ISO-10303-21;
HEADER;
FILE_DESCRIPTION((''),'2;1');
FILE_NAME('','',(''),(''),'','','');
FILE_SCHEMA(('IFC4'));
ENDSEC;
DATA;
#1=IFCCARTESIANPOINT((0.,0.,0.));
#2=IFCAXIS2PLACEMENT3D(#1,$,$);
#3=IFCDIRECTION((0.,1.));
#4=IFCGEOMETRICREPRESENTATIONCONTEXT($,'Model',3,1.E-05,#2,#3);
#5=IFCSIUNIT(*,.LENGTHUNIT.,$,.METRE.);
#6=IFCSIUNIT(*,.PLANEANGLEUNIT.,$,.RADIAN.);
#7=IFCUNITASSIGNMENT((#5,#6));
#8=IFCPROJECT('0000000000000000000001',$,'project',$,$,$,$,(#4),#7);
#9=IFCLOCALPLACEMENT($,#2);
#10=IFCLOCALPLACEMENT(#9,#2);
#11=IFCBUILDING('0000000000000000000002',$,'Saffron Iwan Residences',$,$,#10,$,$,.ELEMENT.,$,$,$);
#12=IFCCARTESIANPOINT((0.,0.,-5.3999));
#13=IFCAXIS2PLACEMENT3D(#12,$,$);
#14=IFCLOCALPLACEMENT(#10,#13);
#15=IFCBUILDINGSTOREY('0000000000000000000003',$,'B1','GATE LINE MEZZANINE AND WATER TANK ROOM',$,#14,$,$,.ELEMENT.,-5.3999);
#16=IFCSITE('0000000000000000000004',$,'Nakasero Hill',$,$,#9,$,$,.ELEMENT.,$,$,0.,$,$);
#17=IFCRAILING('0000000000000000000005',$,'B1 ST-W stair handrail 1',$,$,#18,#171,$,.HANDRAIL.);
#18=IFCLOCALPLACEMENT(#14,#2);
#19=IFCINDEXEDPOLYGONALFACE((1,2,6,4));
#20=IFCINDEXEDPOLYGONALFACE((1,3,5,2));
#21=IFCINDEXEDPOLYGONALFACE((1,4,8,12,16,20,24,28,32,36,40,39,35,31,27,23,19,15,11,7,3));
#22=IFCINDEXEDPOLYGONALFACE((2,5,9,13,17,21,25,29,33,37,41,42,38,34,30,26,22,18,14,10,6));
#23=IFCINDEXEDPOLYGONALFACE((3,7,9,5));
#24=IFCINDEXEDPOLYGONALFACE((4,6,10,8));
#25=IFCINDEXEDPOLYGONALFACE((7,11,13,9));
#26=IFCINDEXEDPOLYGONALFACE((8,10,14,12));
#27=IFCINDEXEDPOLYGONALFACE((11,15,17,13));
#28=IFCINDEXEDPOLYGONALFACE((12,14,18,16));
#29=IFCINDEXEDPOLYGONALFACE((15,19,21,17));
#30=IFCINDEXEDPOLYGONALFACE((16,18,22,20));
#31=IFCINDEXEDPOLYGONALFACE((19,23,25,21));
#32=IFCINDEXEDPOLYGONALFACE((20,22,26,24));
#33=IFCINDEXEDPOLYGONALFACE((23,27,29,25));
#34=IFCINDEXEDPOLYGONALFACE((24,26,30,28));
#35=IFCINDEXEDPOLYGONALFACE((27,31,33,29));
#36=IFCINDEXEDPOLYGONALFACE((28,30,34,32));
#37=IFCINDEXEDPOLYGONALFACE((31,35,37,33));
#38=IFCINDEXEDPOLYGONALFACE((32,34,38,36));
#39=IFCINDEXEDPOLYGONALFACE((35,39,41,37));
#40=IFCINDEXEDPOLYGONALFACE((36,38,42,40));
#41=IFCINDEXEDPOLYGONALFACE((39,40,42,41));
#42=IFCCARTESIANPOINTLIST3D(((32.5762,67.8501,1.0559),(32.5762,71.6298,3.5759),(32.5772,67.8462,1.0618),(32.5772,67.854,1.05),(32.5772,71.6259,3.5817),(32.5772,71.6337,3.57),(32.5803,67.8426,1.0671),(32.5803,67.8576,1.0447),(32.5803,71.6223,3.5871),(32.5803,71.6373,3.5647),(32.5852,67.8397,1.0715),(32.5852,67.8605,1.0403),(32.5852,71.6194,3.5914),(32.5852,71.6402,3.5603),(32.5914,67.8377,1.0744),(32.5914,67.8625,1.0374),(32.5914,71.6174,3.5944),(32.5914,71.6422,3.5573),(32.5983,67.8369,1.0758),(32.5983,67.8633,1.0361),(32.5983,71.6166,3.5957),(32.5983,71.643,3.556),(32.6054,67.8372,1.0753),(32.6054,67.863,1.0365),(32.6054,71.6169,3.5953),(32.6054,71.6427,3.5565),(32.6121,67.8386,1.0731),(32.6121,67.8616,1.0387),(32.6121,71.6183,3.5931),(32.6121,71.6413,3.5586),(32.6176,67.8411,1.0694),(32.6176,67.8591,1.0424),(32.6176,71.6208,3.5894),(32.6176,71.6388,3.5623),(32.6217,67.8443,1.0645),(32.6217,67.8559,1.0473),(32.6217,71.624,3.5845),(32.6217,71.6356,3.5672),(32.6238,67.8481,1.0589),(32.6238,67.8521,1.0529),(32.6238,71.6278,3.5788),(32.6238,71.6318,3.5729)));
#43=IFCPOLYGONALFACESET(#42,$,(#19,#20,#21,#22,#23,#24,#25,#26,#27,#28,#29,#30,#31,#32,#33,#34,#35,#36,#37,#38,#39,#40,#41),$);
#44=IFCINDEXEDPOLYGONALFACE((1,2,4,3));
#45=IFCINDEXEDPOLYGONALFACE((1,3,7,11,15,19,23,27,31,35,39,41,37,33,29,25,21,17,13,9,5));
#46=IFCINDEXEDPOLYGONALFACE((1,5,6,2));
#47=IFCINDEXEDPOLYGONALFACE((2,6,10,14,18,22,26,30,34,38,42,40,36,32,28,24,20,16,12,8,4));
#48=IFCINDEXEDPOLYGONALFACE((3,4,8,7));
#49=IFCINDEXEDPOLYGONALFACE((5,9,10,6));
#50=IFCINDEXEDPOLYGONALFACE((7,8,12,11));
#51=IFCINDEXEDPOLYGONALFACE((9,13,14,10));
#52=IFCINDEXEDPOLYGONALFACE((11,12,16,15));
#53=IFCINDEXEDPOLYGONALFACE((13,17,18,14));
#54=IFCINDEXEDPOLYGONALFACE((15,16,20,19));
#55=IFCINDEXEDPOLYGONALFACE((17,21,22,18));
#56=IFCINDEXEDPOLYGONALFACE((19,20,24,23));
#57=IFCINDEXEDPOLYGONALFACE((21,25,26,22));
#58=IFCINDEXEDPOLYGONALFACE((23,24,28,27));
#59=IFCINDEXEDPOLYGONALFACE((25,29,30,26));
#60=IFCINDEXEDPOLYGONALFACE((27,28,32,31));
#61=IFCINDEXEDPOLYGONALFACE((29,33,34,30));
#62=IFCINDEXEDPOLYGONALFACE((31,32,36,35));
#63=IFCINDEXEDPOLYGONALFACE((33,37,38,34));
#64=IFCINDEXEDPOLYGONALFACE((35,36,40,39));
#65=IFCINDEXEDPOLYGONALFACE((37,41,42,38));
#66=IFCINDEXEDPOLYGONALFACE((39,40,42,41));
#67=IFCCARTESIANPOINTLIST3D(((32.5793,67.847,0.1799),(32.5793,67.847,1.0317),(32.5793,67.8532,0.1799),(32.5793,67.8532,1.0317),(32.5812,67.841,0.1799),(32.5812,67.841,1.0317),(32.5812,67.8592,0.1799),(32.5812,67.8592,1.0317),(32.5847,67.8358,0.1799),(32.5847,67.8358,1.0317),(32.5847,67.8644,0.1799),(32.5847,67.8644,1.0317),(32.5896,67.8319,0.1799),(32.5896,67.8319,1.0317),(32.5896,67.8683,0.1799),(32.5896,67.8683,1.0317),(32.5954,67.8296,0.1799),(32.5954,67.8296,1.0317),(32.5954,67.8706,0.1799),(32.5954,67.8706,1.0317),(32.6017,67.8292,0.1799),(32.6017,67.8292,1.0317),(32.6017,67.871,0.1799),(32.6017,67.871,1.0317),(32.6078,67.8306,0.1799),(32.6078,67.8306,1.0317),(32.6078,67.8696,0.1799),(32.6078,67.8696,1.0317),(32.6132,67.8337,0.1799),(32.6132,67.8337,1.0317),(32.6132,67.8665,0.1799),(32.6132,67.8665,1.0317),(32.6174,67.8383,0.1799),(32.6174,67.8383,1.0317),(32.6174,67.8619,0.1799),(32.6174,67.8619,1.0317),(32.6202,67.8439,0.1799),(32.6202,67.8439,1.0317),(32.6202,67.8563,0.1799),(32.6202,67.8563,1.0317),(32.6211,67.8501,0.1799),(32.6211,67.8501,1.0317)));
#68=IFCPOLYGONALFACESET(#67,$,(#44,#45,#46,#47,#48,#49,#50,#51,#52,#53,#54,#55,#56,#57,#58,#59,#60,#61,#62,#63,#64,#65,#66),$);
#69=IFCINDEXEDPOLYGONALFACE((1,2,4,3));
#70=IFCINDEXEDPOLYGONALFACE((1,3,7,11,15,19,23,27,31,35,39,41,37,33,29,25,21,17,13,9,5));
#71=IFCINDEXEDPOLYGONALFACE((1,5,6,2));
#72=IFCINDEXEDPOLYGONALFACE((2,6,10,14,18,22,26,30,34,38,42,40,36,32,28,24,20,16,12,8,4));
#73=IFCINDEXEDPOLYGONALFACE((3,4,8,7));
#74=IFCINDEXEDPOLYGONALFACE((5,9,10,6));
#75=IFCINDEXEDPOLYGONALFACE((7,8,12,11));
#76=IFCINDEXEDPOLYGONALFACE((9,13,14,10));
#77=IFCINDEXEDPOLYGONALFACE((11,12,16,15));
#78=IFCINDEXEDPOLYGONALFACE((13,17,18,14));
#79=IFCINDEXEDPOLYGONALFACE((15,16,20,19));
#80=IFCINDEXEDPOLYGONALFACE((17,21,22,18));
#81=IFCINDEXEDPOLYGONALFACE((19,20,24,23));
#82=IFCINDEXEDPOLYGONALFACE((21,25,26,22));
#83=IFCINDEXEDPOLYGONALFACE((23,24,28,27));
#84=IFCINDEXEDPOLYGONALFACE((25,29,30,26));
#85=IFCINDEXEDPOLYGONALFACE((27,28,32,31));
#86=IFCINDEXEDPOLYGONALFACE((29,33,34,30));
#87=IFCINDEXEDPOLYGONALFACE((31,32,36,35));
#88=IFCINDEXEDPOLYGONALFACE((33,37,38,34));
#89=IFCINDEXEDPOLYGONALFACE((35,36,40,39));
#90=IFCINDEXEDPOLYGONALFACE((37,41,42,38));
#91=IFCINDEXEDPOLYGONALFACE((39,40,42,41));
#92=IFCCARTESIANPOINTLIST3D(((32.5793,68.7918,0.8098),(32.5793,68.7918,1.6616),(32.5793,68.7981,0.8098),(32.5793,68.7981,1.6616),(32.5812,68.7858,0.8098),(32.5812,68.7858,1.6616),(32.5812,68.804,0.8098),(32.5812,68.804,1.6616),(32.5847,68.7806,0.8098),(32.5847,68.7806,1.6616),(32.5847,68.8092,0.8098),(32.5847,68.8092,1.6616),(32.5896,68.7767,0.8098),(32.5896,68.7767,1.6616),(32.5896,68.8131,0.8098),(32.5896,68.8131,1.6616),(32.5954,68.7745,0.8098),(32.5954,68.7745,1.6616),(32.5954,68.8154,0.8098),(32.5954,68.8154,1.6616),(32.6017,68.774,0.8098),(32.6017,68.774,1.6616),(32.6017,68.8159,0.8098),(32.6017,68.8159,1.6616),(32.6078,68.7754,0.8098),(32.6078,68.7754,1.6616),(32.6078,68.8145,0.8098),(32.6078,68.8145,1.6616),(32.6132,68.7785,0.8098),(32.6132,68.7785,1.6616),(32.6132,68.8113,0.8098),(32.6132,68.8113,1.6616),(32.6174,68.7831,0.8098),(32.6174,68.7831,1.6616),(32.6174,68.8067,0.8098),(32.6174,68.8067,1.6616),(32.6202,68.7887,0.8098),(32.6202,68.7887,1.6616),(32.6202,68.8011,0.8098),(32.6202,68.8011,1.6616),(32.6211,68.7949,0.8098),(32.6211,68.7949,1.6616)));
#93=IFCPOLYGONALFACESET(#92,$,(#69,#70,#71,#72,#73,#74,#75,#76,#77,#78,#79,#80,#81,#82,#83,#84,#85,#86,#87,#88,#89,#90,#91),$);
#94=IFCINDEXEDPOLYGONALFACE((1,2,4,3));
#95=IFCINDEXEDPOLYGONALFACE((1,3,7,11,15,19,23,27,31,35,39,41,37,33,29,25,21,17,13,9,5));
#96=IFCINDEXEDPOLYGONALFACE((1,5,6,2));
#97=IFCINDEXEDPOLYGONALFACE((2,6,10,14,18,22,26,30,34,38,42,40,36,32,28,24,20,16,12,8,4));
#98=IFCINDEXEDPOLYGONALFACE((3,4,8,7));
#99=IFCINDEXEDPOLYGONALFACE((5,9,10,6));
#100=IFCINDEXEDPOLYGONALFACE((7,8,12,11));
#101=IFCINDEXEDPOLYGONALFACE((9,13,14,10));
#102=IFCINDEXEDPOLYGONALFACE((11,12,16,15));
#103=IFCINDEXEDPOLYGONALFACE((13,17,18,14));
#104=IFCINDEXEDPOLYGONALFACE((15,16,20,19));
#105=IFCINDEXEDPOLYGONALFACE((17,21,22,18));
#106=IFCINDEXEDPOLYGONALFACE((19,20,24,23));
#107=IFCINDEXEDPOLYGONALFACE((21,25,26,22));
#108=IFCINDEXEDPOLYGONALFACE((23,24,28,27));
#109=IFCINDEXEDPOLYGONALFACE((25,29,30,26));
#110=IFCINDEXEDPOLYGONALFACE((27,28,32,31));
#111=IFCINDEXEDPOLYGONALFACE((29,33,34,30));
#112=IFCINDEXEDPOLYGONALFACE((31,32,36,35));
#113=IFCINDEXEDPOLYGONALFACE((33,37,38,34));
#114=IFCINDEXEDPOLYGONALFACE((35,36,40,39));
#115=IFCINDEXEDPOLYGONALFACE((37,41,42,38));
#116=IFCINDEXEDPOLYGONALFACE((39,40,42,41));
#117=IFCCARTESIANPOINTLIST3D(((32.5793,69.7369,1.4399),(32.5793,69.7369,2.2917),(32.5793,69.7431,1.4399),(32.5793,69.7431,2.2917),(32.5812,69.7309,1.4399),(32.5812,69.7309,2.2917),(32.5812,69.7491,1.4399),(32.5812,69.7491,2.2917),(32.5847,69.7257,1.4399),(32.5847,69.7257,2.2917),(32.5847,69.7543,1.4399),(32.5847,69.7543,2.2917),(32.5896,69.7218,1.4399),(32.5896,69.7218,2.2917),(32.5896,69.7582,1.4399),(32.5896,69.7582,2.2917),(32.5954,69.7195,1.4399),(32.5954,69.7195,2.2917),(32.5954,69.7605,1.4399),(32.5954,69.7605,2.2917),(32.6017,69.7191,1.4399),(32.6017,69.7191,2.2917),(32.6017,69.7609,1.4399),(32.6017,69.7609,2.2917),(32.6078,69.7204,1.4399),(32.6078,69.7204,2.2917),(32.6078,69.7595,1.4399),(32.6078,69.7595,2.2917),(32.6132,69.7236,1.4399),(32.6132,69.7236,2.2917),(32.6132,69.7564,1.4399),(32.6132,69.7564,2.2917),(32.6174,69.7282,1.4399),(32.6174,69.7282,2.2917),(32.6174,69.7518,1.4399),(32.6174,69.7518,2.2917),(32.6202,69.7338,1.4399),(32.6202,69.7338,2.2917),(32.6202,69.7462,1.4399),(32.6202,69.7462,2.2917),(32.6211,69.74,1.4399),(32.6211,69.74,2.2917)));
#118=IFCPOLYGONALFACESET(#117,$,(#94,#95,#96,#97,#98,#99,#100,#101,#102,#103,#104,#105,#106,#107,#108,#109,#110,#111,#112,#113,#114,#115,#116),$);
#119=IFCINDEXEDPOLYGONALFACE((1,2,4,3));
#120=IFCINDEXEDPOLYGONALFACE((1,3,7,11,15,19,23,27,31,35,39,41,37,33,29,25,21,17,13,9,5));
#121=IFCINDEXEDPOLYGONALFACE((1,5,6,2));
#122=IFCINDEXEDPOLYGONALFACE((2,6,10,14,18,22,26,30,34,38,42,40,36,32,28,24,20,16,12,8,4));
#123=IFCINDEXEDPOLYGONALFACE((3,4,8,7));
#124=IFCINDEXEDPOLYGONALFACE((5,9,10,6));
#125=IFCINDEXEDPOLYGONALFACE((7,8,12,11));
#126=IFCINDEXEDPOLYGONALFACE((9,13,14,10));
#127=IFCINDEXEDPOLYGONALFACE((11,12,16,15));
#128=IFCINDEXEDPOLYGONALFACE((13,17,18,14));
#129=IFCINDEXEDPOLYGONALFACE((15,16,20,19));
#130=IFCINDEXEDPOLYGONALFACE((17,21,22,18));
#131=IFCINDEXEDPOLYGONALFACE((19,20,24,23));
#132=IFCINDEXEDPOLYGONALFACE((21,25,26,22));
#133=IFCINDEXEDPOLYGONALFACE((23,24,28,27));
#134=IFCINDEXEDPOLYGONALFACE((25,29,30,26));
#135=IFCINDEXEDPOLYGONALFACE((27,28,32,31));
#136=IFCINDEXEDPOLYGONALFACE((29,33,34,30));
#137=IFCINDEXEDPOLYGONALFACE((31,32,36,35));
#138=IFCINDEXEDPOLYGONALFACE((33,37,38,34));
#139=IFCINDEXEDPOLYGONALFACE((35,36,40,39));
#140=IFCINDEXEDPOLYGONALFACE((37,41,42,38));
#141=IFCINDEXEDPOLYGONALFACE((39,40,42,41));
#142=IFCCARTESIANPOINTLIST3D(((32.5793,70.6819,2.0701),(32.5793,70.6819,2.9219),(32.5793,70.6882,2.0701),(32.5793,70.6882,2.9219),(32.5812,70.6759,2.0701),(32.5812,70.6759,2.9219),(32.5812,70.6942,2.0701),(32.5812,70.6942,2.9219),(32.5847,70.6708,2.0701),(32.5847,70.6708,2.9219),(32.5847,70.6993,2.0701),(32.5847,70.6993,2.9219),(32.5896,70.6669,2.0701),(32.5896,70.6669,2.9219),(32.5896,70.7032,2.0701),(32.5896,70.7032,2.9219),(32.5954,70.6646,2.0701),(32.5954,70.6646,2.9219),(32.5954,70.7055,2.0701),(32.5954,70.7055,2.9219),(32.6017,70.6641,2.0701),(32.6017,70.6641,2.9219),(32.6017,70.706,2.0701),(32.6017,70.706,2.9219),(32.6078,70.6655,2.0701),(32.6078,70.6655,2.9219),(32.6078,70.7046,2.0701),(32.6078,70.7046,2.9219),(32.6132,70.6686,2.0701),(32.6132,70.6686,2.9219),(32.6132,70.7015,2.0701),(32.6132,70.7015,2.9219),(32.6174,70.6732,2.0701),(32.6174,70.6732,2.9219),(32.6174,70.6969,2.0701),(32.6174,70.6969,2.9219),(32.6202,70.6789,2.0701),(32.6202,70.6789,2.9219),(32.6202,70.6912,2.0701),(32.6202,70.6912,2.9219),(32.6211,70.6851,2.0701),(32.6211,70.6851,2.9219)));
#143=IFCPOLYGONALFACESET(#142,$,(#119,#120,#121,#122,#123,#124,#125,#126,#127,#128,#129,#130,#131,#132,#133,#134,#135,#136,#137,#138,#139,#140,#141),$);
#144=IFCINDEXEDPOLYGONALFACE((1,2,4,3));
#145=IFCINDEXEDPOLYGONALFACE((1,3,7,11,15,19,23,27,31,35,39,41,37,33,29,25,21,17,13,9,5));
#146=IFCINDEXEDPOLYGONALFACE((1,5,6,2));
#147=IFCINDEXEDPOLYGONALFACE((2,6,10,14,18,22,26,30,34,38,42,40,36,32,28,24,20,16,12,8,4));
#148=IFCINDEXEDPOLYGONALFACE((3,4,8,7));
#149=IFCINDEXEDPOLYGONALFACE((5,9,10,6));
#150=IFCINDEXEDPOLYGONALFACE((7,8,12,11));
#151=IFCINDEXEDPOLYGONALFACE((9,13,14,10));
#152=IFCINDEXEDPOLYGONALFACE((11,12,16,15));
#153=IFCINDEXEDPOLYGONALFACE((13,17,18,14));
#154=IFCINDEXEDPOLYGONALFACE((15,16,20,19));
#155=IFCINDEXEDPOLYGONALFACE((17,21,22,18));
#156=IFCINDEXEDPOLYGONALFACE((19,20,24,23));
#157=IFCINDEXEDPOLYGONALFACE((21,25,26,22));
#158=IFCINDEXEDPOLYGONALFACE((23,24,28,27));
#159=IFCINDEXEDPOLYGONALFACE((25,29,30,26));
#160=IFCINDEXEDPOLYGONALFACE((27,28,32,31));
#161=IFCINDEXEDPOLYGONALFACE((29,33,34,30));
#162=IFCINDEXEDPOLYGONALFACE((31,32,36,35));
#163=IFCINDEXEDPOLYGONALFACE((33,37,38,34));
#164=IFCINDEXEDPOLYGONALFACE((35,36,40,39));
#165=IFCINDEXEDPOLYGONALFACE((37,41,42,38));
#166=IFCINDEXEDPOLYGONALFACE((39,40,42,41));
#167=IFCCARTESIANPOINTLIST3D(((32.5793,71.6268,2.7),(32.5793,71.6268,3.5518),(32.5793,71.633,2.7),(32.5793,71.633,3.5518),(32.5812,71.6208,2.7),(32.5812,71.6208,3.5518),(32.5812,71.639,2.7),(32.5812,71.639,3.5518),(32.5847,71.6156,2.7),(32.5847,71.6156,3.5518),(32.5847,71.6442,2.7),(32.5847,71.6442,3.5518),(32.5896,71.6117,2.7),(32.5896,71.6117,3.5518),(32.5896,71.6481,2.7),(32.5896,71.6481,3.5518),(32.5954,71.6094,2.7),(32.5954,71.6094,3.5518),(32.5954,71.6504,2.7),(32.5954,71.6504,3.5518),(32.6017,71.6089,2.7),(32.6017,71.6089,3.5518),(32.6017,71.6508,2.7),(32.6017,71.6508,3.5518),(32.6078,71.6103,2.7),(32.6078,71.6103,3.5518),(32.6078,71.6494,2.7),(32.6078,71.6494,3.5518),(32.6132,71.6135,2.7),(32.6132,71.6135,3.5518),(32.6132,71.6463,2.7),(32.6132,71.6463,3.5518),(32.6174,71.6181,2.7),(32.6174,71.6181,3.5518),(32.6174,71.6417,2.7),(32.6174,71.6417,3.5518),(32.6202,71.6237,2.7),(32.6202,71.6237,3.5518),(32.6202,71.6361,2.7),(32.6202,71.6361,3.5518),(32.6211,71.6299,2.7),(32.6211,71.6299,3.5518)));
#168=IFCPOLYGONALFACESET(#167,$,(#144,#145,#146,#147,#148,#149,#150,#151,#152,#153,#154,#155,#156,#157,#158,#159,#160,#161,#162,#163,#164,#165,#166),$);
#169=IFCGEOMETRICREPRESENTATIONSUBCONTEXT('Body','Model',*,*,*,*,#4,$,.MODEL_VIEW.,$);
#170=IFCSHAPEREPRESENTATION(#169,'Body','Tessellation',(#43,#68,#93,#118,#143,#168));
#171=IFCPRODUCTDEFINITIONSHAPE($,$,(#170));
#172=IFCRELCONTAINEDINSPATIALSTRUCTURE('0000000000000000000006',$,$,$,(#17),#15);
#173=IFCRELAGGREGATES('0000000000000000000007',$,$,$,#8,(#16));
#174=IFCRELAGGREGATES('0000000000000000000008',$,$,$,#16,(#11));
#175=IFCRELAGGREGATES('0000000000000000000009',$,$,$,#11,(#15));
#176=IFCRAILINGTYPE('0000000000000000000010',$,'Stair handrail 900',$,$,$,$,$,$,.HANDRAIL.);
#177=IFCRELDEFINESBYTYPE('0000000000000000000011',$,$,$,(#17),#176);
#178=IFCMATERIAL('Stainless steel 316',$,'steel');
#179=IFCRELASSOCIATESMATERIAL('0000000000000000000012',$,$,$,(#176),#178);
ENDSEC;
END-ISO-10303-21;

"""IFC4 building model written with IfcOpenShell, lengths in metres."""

from ifc_helpers import new_model, si_unit, direction, frame, origin, origin_2d, place, context, subcontext, project, spatial, circle, extrude, material, type_object, element, save


model = new_model("IFC4")

# Units and contexts
model_context = context("Model", 3, precision=1e-05, world=origin(), true_north=direction((0.0, 1.0)))
body_context = subcontext(model_context, "Body", "Model", "MODEL_VIEW")
ifc_project = project(units=[si_unit("LENGTHUNIT", "METRE"), si_unit("PLANEANGLEUNIT", "RADIAN")], contexts=[model_context])

# Site, building, storey
site_placement = place(None, origin())
site = spatial("IfcSite", under=ifc_project, at=site_placement, Name="Nakasero Hill", CompositionType="ELEMENT", RefElevation=0.0)
building_placement = place(site_placement, origin())
building = spatial("IfcBuilding", under=site, at=building_placement, Name="Saffron Iwan Residences", CompositionType="ELEMENT")
storey_placement = place(building_placement, frame((0.0, 0.0, -5.3999)))
storey = spatial("IfcBuildingStorey", under=building, at=storey_placement, Name="B1", Description="GATE LINE MEZZANINE AND WATER TANK ROOM", CompositionType="ELEMENT", Elevation=-5.3999)

# Railing
ifc_material_1 = material(Name="Stainless steel 316", Category="steel")
railing_type_1 = type_object("IfcRailingType", Name="Stair handrail 900", PredefinedType="HANDRAIL", material=ifc_material_1)
railing_1_placement = place(storey_placement, frame((32.6001, 67.8501, 0.1799)))
element("IfcRailing", 1, at=railing_1_placement, inside=storey, type_object=railing_type_1, Name="B1 ST-W stair handrail 1", PredefinedType="HANDRAIL", context=body_context, shape_type="SweptSolid", body=[
    extrude(circle(Radius=0.0239, at=origin_2d()), frame((0.0, 0.0, 0.876), z_axis=(0.0, 0.832034, 0.554725), x_axis=(-1.0, 0.0, 0.0)), (0.0, 0.0, 1.0), 4.5427),
    extrude(circle(Radius=0.021, at=origin_2d()), origin(), (0.0, 0.0, 1.0), 0.8518),
    extrude(circle(Radius=0.021, at=origin_2d()), frame((0.0, 0.9448, 0.6299)), (0.0, 0.0, 1.0), 0.8518),
    extrude(circle(Radius=0.021, at=origin_2d()), frame((0.0, 1.8899, 1.26)), (0.0, 0.0, 1.0), 0.8518),
    extrude(circle(Radius=0.021, at=origin_2d()), frame((0.0, 2.835, 1.8901)), (0.0, 0.0, 1.0), 0.8518),
    extrude(circle(Radius=0.021, at=origin_2d()), frame((0.0, 3.7798, 2.52)), (0.0, 0.0, 1.0), 0.8518),
])

save(model, "model.ifc")
